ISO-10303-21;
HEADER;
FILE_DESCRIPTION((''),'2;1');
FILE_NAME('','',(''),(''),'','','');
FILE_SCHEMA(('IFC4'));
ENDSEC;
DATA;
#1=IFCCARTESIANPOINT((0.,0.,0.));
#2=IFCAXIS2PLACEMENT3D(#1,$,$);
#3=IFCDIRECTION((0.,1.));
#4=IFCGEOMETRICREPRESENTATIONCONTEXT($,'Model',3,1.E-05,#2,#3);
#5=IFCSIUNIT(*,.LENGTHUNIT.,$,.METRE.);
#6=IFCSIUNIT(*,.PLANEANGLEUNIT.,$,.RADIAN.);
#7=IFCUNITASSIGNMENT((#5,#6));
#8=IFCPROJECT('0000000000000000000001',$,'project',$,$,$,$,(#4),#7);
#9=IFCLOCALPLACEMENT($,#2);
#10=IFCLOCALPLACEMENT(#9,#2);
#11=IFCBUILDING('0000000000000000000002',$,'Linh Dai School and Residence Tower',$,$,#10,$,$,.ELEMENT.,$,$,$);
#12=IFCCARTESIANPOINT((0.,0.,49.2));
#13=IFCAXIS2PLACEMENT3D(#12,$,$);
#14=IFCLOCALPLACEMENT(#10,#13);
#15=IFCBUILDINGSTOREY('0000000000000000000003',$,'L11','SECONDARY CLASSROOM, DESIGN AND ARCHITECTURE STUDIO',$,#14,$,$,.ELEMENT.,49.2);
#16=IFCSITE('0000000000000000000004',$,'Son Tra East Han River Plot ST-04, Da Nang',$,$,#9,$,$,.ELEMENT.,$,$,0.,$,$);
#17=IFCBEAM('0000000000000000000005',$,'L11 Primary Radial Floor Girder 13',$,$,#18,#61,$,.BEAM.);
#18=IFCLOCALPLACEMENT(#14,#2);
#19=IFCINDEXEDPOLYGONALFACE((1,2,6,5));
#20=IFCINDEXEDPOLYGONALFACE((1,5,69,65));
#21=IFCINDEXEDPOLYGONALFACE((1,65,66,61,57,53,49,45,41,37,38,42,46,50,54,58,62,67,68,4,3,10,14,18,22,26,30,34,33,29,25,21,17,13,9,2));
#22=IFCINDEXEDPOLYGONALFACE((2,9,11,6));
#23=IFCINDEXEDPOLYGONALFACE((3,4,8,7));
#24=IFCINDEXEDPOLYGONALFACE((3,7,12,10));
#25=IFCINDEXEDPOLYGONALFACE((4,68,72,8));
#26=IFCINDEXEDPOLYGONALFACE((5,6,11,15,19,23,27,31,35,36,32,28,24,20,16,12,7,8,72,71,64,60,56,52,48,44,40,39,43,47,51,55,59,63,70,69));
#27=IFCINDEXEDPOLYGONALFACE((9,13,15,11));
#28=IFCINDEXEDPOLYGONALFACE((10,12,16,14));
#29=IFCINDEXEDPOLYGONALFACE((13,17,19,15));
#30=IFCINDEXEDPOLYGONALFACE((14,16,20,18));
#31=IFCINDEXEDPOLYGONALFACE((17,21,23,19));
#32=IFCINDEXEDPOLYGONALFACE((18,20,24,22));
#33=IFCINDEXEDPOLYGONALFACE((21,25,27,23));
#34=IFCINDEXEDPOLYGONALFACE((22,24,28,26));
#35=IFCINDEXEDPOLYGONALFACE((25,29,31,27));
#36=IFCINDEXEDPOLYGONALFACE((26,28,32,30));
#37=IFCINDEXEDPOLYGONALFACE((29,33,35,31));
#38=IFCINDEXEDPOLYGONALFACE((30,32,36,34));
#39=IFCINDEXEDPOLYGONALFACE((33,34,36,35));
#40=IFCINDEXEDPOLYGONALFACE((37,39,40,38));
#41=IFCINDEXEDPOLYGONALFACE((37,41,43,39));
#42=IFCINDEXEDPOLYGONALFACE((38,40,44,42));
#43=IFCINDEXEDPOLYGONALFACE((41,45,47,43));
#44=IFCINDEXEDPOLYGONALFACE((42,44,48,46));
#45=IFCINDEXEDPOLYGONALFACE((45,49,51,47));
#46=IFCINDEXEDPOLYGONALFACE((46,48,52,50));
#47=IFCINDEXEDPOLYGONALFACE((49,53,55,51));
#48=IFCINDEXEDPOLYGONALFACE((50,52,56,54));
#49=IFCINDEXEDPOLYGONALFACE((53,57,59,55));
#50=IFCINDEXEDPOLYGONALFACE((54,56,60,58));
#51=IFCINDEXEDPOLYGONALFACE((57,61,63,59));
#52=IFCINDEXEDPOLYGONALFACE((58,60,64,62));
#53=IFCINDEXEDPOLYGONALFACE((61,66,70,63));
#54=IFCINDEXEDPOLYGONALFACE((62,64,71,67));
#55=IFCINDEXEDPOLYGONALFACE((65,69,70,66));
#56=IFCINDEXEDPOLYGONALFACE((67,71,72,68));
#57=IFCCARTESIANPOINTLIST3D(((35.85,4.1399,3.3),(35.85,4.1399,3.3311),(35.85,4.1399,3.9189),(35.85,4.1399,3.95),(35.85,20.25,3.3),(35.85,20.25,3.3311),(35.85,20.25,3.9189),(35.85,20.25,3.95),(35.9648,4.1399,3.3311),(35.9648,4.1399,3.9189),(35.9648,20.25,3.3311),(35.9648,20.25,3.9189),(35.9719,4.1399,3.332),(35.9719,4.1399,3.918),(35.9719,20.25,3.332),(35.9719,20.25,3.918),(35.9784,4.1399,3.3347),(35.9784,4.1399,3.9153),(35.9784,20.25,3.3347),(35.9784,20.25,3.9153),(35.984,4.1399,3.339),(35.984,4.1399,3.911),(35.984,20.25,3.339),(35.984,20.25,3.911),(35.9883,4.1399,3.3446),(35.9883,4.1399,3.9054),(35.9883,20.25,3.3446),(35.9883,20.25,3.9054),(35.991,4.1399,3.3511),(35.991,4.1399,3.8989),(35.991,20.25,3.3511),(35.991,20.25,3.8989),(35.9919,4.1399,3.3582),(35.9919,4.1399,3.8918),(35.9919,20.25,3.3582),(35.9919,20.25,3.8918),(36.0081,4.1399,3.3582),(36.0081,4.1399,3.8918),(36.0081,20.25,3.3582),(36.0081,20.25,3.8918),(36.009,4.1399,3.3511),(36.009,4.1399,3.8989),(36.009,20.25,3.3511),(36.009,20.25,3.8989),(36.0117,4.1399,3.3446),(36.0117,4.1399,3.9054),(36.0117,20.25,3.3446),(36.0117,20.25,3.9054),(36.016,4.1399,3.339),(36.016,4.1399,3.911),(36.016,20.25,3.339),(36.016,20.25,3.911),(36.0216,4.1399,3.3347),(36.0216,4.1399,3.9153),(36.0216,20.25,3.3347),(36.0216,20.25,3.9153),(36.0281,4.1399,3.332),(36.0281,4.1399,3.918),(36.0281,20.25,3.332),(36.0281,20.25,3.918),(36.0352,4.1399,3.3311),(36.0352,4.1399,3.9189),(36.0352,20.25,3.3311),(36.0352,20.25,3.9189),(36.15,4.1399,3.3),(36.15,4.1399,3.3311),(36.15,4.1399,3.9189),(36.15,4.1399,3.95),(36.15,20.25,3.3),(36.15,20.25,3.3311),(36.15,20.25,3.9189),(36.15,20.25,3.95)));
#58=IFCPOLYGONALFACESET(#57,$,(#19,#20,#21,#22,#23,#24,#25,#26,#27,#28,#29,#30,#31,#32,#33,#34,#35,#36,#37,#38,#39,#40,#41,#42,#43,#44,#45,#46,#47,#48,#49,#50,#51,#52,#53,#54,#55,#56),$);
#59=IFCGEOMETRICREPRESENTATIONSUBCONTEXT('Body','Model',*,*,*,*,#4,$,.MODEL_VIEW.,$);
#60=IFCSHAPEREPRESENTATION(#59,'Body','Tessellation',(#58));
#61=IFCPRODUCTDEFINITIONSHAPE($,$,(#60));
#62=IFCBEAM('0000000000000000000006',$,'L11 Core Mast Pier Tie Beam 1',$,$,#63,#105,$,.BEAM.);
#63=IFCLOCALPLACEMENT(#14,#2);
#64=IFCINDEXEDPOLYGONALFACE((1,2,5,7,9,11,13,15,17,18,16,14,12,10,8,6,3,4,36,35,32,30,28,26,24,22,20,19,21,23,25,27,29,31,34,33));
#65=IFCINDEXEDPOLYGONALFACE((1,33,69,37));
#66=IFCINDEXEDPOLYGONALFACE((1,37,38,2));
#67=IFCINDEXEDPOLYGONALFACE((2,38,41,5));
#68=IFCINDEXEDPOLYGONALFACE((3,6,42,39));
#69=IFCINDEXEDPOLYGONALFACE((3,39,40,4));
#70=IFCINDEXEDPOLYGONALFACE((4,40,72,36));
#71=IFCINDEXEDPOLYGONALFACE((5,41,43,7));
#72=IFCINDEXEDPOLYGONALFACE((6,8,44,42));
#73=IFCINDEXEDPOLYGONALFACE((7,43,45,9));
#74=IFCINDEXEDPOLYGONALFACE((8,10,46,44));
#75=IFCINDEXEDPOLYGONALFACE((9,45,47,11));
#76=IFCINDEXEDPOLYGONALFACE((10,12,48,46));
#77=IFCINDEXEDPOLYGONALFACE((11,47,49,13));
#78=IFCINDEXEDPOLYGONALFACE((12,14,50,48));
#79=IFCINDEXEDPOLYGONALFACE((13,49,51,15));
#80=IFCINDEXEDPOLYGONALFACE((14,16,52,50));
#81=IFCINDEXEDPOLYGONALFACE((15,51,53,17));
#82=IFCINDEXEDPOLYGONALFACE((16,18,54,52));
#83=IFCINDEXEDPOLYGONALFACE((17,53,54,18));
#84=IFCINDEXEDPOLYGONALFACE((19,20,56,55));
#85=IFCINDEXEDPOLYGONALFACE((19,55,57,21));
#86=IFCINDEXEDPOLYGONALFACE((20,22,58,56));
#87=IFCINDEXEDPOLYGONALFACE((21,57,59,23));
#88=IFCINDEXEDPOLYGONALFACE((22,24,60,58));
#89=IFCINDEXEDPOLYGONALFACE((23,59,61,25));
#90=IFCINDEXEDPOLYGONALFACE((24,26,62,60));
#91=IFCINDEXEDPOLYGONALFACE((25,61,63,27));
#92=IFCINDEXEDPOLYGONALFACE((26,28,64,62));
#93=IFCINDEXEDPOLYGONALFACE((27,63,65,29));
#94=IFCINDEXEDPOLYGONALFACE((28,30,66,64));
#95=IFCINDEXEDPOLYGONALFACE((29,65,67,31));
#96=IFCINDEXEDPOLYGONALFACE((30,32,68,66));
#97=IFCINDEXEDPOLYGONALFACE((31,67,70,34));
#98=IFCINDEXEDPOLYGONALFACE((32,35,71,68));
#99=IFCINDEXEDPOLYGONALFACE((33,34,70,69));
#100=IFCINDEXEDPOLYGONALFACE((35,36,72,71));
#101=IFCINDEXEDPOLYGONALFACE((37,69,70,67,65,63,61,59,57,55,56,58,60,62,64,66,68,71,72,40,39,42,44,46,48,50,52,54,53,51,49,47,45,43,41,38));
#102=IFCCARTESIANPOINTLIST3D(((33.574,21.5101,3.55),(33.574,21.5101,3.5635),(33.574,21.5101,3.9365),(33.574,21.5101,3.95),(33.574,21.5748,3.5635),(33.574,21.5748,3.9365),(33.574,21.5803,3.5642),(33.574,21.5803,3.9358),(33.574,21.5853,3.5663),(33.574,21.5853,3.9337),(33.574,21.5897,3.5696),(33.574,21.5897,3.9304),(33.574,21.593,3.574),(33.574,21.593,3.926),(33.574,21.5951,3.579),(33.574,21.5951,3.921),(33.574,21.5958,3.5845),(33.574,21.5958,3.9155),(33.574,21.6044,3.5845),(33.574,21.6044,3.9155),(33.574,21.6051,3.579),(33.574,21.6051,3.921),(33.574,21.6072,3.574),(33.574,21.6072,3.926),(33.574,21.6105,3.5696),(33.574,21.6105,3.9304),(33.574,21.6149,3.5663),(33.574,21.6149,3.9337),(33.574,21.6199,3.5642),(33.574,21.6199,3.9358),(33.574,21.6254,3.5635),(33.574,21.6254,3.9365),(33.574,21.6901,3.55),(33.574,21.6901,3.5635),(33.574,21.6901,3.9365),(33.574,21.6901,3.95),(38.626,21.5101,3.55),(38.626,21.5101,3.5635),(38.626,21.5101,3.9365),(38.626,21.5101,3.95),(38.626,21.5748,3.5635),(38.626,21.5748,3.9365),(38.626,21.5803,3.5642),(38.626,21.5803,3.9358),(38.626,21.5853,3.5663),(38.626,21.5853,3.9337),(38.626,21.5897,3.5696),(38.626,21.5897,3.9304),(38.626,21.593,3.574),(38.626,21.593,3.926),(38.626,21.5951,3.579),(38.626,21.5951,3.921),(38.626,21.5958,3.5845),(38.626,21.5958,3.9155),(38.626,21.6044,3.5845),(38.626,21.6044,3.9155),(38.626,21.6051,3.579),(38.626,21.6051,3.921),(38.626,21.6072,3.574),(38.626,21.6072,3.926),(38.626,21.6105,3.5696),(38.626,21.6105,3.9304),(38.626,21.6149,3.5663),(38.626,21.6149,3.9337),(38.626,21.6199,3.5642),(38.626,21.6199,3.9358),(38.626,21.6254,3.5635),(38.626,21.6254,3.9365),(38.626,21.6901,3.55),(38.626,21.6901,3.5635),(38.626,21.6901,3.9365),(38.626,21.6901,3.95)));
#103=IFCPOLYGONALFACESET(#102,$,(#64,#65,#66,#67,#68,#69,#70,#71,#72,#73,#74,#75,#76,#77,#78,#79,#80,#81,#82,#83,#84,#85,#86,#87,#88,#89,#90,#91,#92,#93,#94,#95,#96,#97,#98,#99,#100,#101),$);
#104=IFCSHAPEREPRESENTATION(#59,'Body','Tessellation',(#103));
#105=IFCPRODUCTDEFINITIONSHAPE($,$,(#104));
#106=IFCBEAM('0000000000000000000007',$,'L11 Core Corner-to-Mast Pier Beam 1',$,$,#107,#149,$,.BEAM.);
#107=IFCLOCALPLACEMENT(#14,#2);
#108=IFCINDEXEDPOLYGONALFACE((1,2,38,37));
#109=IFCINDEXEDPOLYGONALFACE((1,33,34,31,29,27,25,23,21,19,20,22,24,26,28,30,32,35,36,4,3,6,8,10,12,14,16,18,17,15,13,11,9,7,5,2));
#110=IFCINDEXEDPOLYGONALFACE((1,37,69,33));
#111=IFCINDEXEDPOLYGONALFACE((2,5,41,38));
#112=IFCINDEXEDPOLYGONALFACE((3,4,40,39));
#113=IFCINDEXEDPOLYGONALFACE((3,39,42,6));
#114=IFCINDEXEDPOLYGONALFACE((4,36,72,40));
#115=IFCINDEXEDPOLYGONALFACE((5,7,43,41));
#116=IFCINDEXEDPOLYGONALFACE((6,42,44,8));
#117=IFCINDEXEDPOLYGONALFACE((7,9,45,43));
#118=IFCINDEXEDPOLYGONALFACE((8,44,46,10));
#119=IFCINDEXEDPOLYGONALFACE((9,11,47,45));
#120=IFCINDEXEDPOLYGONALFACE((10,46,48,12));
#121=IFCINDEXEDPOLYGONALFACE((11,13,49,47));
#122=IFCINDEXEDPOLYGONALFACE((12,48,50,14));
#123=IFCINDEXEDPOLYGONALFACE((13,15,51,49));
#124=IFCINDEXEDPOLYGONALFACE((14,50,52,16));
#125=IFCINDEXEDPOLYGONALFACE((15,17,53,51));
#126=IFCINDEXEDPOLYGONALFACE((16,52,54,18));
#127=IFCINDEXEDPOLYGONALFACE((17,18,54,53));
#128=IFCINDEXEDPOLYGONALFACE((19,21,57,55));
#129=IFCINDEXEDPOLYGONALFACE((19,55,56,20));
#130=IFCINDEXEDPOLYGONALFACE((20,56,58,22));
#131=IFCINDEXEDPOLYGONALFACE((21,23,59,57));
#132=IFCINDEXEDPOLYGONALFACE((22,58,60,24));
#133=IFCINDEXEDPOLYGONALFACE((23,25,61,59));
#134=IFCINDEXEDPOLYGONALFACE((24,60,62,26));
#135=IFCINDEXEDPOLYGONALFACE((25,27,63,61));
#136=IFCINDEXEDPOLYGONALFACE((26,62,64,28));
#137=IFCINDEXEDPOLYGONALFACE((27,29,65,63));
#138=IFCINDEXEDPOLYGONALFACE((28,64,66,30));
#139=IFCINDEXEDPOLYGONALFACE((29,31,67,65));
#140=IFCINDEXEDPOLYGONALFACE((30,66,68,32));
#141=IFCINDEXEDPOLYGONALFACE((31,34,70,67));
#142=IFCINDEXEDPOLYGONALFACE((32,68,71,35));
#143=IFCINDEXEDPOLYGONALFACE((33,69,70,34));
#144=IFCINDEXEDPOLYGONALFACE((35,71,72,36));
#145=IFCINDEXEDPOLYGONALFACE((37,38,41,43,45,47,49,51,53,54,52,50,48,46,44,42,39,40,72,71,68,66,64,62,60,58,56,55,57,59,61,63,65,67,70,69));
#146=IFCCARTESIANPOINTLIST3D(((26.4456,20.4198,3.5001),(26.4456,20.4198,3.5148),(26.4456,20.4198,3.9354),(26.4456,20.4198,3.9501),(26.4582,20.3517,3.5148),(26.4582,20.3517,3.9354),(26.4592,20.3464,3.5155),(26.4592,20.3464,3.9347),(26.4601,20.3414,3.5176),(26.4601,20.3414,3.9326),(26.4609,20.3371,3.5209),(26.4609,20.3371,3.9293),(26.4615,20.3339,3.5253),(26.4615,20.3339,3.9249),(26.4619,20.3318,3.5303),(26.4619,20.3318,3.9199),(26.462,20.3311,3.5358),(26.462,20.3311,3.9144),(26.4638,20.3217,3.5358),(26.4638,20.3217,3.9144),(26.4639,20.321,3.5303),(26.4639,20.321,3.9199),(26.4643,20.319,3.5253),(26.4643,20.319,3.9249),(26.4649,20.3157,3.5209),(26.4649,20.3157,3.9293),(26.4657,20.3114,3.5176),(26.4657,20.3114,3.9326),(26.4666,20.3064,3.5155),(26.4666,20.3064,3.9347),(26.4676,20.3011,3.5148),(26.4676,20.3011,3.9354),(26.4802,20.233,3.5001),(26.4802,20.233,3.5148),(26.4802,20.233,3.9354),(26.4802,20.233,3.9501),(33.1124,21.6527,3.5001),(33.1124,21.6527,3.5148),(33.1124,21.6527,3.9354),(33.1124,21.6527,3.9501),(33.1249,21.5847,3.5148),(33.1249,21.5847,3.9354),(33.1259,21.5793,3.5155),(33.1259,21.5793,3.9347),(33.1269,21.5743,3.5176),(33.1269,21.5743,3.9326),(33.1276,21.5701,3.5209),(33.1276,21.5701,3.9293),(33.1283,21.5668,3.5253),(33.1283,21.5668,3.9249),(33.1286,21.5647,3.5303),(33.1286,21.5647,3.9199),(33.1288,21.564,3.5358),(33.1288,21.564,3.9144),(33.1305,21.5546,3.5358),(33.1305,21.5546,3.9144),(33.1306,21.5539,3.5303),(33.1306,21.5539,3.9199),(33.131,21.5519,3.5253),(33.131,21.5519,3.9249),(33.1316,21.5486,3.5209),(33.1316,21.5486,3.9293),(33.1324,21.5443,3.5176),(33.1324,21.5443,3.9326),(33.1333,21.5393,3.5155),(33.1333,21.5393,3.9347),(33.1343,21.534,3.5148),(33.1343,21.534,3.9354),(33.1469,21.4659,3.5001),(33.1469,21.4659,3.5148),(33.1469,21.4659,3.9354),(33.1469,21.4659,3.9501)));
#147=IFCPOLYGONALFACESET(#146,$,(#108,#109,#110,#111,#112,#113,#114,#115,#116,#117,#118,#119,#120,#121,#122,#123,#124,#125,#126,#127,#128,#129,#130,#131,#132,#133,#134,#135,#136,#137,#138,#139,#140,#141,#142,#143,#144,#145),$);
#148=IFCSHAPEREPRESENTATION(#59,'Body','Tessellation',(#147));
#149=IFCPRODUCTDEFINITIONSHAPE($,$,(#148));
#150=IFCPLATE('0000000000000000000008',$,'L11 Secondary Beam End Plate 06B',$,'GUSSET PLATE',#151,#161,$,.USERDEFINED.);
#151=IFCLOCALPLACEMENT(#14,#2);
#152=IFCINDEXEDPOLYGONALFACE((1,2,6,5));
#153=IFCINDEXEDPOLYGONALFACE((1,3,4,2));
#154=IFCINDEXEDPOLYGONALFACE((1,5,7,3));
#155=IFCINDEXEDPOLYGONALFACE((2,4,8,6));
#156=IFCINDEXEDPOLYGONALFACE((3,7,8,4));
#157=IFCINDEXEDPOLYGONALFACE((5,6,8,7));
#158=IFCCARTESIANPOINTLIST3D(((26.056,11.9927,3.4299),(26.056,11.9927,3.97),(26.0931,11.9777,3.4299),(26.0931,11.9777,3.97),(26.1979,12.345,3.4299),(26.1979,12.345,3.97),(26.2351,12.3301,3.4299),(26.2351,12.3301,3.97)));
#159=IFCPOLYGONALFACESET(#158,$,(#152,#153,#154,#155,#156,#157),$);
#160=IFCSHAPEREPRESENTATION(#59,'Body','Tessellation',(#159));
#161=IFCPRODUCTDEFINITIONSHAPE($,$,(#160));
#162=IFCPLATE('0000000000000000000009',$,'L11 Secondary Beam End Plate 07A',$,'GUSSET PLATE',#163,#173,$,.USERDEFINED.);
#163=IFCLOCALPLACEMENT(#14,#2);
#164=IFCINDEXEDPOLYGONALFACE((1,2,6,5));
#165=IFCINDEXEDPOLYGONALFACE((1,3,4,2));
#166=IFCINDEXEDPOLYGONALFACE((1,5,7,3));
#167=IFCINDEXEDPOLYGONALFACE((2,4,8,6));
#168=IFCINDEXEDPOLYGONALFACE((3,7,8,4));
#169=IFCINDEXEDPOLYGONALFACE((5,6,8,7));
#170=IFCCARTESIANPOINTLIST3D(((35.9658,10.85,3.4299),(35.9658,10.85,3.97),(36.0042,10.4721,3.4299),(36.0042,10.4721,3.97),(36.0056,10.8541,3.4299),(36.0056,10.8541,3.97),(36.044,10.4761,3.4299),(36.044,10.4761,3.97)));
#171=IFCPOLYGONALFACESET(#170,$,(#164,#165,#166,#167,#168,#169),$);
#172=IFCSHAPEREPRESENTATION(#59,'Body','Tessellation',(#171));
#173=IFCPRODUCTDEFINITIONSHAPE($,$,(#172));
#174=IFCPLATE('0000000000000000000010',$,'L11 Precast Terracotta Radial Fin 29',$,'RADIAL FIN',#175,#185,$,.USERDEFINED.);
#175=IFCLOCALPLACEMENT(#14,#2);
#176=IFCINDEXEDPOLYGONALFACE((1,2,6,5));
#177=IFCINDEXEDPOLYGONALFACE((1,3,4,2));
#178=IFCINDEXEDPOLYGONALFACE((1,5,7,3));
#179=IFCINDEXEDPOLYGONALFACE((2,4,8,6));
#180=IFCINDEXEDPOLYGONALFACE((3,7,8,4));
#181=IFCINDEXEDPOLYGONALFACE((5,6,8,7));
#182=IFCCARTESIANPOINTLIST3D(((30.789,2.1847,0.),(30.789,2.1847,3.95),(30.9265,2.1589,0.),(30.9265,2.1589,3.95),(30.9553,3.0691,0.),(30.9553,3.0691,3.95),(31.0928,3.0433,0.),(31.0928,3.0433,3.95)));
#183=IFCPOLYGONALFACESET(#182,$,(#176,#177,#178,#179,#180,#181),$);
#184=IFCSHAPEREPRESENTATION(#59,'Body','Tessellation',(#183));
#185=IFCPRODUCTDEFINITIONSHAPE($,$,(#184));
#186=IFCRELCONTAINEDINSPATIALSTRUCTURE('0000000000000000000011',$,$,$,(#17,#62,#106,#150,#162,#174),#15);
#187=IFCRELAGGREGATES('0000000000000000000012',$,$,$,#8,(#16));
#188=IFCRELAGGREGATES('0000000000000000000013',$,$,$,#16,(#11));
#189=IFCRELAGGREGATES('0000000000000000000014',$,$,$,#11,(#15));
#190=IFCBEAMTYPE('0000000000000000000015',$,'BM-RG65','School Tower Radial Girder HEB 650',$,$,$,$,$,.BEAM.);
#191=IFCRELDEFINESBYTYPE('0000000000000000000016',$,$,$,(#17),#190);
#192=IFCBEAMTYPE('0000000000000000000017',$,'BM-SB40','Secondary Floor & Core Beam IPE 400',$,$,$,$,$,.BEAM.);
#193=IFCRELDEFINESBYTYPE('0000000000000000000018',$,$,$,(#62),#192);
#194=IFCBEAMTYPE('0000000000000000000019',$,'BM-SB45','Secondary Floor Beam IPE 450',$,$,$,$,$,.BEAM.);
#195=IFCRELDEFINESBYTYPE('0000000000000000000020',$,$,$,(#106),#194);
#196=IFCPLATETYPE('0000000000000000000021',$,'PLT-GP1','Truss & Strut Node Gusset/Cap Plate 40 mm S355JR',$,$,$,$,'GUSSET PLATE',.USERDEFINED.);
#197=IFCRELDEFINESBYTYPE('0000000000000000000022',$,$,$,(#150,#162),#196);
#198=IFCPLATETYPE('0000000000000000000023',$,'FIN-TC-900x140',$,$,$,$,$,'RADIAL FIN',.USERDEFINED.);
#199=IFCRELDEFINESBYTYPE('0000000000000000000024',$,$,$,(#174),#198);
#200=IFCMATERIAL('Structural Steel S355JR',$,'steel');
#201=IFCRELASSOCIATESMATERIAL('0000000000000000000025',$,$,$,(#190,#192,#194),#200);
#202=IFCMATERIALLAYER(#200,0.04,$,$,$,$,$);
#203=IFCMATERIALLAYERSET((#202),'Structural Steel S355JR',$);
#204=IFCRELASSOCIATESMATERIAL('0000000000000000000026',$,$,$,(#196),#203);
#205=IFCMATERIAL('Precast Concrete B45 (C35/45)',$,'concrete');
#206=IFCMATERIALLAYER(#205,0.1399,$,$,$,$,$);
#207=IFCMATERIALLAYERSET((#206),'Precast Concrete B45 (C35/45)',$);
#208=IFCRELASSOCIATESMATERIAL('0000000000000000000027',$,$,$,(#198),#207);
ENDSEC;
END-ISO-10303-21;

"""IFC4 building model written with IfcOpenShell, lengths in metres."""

from ifc_helpers import new_model, si_unit, direction, frame, origin, origin_2d, place, context, subcontext, project, spatial, rectangle, i_section, extrude, source, transform, mapped, material, layer, layer_set, material_profile, profile_set, type_object, element, save


model = new_model("IFC4")

# Units and contexts
model_context = context("Model", 3, precision=1e-05, world=origin(), true_north=direction((0.0, 1.0)))
body_context = subcontext(model_context, "Body", "Model", "MODEL_VIEW")
ifc_project = project(units=[si_unit("LENGTHUNIT", "METRE"), si_unit("PLANEANGLEUNIT", "RADIAN")], contexts=[model_context])

# Site, building, storey
site_placement = place(None, origin())
site = spatial("IfcSite", under=ifc_project, at=site_placement, Name="Son Tra East Han River Plot ST-04, Da Nang", CompositionType="ELEMENT", RefElevation=0.0)
building_placement = place(site_placement, origin())
building = spatial("IfcBuilding", under=site, at=building_placement, Name="Linh Dai School and Residence Tower", CompositionType="ELEMENT")
storey_placement = place(building_placement, frame((0.0, 0.0, 49.2)))
storey = spatial("IfcBuildingStorey", under=building, at=storey_placement, Name="L11", Description="SECONDARY CLASSROOM, DESIGN AND ARCHITECTURE STUDIO", CompositionType="ELEMENT", Elevation=49.2)

# Shared definitions
ifc_material_1 = material(Name="Structural Steel S355JR", Category="steel")

# Beams
ifc_material_profile_1 = material_profile(ifc_material_1, i_section(OverallWidth=0.3, OverallDepth=0.6499, WebThickness=0.0161, FlangeThickness=0.031, FilletRadius=0.0271, at=origin_2d()), Name="HEB 650")
ifc_profile_set_1 = profile_set([ifc_material_profile_1], Name="Structural Steel S355JR")
beam_type_1 = type_object("IfcBeamType", Name="BM-RG65", Description="School Tower Radial Girder HEB 650", PredefinedType="BEAM", material=ifc_profile_set_1)
beam_1_placement = place(storey_placement, frame((36.0, 20.25, 3.625), z_axis=(0.0, -1.0, 0.0), x_axis=(1.0, 0.0, 0.0)))
element("IfcBeam", 1, at=beam_1_placement, inside=storey, type_object=beam_type_1, Name="L11 Primary Radial Floor Girder 13", PredefinedType="BEAM", context=body_context, shape_type="SweptSolid", body=[
    extrude(i_section(OverallWidth=0.3, OverallDepth=0.6499, WebThickness=0.0161, FlangeThickness=0.031, FilletRadius=0.0271, at=origin_2d()), origin(), (0.0, 0.0, 1.0), 16.1101),
])
ifc_material_profile_2 = material_profile(ifc_material_1, i_section(OverallWidth=0.1799, OverallDepth=0.3999, WebThickness=0.0085, FlangeThickness=0.0134, FilletRadius=0.021, at=origin_2d()), Name="IPE 400")
ifc_profile_set_2 = profile_set([ifc_material_profile_2], Name="Structural Steel S355JR")
beam_type_2 = type_object("IfcBeamType", Name="BM-SB40", Description="Secondary Floor & Core Beam IPE 400", PredefinedType="BEAM", material=ifc_profile_set_2)
beam_2_placement = place(storey_placement, frame((33.574, 21.6001, 3.75), z_axis=(1.0, 0.0, 0.0), x_axis=(0.0, 1.0, 0.0)))
element("IfcBeam", 2, at=beam_2_placement, inside=storey, type_object=beam_type_2, Name="L11 Core Mast Pier Tie Beam 1", PredefinedType="BEAM", context=body_context, shape_type="SweptSolid", body=[
    extrude(i_section(OverallWidth=0.1799, OverallDepth=0.3999, WebThickness=0.0085, FlangeThickness=0.0134, FilletRadius=0.021, at=origin_2d()), origin(), (0.0, 0.0, 1.0), 5.052),
])
ifc_material_profile_3 = material_profile(ifc_material_1, i_section(OverallWidth=0.1899, OverallDepth=0.45, WebThickness=0.0095, FlangeThickness=0.0146, FilletRadius=0.021, at=origin_2d()), Name="IPE 450")
ifc_profile_set_3 = profile_set([ifc_material_profile_3], Name="Structural Steel S355JR")
beam_type_3 = type_object("IfcBeamType", Name="BM-SB45", Description="Secondary Floor Beam IPE 450", PredefinedType="BEAM", material=ifc_profile_set_3)
beam_3_placement = place(storey_placement, frame((26.4629, 20.3264, 3.7251), z_axis=(0.983326, 0.181851, 0.0), x_axis=(-0.181851, 0.983326, 0.0)))
element("IfcBeam", 3, at=beam_3_placement, inside=storey, type_object=beam_type_3, Name="L11 Core Corner-to-Mast Pier Beam 1", PredefinedType="BEAM", context=body_context, shape_type="SweptSolid", body=[
    extrude(i_section(OverallWidth=0.1899, OverallDepth=0.45, WebThickness=0.0095, FlangeThickness=0.0146, FilletRadius=0.021, at=origin_2d()), origin(), (0.0, 0.0, 1.0), 6.7798),
])

# Plates
ifc_layer_1 = layer(ifc_material_1, 0.04)
ifc_layer_set_1 = layer_set([ifc_layer_1], Name="Structural Steel S355JR")
plate_type_1 = type_object("IfcPlateType", Name="PLT-GP1", Description="Truss & Strut Node Gusset/Cap Plate 40 mm S355JR", ElementType="GUSSET PLATE", PredefinedType="USERDEFINED", material=ifc_layer_set_1)
shared_shape_1 = source(origin(), body_context, "Body", "SweptSolid", [
    extrude(rectangle(XDim=0.04, YDim=0.3799, at=origin_2d()), origin(), (0.0, 0.0, 1.0), 0.54),
])
for number, where, z_axis, x_axis, name in (
    (4, (26.1455, 12.1614, 3.4299), (0.0, 0.0, 1.0), (0.927536, -0.373733, 0.0), "L11 Secondary Beam End Plate 06B"),
    (5, (36.0049, 10.6631, 3.4299), (0.0, 0.0, 1.0), (0.994884, 0.101023, 0.0), "L11 Secondary Beam End Plate 07A"),
):
    element("IfcPlate", number, at=place(storey_placement, frame(where, z_axis=z_axis, x_axis=x_axis)), inside=storey, type_object=plate_type_1, Name=name, ObjectType="GUSSET PLATE", PredefinedType="USERDEFINED", context=body_context, shape_type="MappedRepresentation", body=[
        mapped(shared_shape_1, transform((0.0, 0.0, 0.0), x_axis=(1.0, 0.0, 0.0), y_axis=(0.0, 1.0, 0.0), z_axis=(0.0, 0.0, 1.0), scale=1.0)),
    ])
ifc_material_2 = material(Name="Precast Concrete B45 (C35/45)", Category="concrete")
ifc_layer_2 = layer(ifc_material_2, 0.1399)
ifc_layer_set_2 = layer_set([ifc_layer_2], Name="Precast Concrete B45 (C35/45)")
plate_type_2 = type_object("IfcPlateType", Name="FIN-TC-900x140", ElementType="RADIAL FIN", PredefinedType="USERDEFINED", material=ifc_layer_set_2)
shared_shape_2 = source(origin(), body_context, "Body", "SweptSolid", [
    extrude(rectangle(XDim=0.8999, YDim=0.1399, at=origin_2d()), origin(), (0.0, 0.0, 1.0), 3.95),
])
plate_placement = place(storey_placement, frame((30.9409, 2.614, 0.0), z_axis=(0.0, 0.0, 1.0), x_axis=(-0.184748, -0.982786, 0.0)))
element("IfcPlate", 6, at=plate_placement, inside=storey, type_object=plate_type_2, Name="L11 Precast Terracotta Radial Fin 29", ObjectType="RADIAL FIN", PredefinedType="USERDEFINED", context=body_context, shape_type="MappedRepresentation", body=[
    mapped(shared_shape_2, transform((0.0, 0.0, 0.0), x_axis=(1.0, 0.0, 0.0), y_axis=(0.0, 1.0, 0.0), z_axis=(0.0, 0.0, 1.0), scale=1.0)),
])

save(model, "model.ifc")
